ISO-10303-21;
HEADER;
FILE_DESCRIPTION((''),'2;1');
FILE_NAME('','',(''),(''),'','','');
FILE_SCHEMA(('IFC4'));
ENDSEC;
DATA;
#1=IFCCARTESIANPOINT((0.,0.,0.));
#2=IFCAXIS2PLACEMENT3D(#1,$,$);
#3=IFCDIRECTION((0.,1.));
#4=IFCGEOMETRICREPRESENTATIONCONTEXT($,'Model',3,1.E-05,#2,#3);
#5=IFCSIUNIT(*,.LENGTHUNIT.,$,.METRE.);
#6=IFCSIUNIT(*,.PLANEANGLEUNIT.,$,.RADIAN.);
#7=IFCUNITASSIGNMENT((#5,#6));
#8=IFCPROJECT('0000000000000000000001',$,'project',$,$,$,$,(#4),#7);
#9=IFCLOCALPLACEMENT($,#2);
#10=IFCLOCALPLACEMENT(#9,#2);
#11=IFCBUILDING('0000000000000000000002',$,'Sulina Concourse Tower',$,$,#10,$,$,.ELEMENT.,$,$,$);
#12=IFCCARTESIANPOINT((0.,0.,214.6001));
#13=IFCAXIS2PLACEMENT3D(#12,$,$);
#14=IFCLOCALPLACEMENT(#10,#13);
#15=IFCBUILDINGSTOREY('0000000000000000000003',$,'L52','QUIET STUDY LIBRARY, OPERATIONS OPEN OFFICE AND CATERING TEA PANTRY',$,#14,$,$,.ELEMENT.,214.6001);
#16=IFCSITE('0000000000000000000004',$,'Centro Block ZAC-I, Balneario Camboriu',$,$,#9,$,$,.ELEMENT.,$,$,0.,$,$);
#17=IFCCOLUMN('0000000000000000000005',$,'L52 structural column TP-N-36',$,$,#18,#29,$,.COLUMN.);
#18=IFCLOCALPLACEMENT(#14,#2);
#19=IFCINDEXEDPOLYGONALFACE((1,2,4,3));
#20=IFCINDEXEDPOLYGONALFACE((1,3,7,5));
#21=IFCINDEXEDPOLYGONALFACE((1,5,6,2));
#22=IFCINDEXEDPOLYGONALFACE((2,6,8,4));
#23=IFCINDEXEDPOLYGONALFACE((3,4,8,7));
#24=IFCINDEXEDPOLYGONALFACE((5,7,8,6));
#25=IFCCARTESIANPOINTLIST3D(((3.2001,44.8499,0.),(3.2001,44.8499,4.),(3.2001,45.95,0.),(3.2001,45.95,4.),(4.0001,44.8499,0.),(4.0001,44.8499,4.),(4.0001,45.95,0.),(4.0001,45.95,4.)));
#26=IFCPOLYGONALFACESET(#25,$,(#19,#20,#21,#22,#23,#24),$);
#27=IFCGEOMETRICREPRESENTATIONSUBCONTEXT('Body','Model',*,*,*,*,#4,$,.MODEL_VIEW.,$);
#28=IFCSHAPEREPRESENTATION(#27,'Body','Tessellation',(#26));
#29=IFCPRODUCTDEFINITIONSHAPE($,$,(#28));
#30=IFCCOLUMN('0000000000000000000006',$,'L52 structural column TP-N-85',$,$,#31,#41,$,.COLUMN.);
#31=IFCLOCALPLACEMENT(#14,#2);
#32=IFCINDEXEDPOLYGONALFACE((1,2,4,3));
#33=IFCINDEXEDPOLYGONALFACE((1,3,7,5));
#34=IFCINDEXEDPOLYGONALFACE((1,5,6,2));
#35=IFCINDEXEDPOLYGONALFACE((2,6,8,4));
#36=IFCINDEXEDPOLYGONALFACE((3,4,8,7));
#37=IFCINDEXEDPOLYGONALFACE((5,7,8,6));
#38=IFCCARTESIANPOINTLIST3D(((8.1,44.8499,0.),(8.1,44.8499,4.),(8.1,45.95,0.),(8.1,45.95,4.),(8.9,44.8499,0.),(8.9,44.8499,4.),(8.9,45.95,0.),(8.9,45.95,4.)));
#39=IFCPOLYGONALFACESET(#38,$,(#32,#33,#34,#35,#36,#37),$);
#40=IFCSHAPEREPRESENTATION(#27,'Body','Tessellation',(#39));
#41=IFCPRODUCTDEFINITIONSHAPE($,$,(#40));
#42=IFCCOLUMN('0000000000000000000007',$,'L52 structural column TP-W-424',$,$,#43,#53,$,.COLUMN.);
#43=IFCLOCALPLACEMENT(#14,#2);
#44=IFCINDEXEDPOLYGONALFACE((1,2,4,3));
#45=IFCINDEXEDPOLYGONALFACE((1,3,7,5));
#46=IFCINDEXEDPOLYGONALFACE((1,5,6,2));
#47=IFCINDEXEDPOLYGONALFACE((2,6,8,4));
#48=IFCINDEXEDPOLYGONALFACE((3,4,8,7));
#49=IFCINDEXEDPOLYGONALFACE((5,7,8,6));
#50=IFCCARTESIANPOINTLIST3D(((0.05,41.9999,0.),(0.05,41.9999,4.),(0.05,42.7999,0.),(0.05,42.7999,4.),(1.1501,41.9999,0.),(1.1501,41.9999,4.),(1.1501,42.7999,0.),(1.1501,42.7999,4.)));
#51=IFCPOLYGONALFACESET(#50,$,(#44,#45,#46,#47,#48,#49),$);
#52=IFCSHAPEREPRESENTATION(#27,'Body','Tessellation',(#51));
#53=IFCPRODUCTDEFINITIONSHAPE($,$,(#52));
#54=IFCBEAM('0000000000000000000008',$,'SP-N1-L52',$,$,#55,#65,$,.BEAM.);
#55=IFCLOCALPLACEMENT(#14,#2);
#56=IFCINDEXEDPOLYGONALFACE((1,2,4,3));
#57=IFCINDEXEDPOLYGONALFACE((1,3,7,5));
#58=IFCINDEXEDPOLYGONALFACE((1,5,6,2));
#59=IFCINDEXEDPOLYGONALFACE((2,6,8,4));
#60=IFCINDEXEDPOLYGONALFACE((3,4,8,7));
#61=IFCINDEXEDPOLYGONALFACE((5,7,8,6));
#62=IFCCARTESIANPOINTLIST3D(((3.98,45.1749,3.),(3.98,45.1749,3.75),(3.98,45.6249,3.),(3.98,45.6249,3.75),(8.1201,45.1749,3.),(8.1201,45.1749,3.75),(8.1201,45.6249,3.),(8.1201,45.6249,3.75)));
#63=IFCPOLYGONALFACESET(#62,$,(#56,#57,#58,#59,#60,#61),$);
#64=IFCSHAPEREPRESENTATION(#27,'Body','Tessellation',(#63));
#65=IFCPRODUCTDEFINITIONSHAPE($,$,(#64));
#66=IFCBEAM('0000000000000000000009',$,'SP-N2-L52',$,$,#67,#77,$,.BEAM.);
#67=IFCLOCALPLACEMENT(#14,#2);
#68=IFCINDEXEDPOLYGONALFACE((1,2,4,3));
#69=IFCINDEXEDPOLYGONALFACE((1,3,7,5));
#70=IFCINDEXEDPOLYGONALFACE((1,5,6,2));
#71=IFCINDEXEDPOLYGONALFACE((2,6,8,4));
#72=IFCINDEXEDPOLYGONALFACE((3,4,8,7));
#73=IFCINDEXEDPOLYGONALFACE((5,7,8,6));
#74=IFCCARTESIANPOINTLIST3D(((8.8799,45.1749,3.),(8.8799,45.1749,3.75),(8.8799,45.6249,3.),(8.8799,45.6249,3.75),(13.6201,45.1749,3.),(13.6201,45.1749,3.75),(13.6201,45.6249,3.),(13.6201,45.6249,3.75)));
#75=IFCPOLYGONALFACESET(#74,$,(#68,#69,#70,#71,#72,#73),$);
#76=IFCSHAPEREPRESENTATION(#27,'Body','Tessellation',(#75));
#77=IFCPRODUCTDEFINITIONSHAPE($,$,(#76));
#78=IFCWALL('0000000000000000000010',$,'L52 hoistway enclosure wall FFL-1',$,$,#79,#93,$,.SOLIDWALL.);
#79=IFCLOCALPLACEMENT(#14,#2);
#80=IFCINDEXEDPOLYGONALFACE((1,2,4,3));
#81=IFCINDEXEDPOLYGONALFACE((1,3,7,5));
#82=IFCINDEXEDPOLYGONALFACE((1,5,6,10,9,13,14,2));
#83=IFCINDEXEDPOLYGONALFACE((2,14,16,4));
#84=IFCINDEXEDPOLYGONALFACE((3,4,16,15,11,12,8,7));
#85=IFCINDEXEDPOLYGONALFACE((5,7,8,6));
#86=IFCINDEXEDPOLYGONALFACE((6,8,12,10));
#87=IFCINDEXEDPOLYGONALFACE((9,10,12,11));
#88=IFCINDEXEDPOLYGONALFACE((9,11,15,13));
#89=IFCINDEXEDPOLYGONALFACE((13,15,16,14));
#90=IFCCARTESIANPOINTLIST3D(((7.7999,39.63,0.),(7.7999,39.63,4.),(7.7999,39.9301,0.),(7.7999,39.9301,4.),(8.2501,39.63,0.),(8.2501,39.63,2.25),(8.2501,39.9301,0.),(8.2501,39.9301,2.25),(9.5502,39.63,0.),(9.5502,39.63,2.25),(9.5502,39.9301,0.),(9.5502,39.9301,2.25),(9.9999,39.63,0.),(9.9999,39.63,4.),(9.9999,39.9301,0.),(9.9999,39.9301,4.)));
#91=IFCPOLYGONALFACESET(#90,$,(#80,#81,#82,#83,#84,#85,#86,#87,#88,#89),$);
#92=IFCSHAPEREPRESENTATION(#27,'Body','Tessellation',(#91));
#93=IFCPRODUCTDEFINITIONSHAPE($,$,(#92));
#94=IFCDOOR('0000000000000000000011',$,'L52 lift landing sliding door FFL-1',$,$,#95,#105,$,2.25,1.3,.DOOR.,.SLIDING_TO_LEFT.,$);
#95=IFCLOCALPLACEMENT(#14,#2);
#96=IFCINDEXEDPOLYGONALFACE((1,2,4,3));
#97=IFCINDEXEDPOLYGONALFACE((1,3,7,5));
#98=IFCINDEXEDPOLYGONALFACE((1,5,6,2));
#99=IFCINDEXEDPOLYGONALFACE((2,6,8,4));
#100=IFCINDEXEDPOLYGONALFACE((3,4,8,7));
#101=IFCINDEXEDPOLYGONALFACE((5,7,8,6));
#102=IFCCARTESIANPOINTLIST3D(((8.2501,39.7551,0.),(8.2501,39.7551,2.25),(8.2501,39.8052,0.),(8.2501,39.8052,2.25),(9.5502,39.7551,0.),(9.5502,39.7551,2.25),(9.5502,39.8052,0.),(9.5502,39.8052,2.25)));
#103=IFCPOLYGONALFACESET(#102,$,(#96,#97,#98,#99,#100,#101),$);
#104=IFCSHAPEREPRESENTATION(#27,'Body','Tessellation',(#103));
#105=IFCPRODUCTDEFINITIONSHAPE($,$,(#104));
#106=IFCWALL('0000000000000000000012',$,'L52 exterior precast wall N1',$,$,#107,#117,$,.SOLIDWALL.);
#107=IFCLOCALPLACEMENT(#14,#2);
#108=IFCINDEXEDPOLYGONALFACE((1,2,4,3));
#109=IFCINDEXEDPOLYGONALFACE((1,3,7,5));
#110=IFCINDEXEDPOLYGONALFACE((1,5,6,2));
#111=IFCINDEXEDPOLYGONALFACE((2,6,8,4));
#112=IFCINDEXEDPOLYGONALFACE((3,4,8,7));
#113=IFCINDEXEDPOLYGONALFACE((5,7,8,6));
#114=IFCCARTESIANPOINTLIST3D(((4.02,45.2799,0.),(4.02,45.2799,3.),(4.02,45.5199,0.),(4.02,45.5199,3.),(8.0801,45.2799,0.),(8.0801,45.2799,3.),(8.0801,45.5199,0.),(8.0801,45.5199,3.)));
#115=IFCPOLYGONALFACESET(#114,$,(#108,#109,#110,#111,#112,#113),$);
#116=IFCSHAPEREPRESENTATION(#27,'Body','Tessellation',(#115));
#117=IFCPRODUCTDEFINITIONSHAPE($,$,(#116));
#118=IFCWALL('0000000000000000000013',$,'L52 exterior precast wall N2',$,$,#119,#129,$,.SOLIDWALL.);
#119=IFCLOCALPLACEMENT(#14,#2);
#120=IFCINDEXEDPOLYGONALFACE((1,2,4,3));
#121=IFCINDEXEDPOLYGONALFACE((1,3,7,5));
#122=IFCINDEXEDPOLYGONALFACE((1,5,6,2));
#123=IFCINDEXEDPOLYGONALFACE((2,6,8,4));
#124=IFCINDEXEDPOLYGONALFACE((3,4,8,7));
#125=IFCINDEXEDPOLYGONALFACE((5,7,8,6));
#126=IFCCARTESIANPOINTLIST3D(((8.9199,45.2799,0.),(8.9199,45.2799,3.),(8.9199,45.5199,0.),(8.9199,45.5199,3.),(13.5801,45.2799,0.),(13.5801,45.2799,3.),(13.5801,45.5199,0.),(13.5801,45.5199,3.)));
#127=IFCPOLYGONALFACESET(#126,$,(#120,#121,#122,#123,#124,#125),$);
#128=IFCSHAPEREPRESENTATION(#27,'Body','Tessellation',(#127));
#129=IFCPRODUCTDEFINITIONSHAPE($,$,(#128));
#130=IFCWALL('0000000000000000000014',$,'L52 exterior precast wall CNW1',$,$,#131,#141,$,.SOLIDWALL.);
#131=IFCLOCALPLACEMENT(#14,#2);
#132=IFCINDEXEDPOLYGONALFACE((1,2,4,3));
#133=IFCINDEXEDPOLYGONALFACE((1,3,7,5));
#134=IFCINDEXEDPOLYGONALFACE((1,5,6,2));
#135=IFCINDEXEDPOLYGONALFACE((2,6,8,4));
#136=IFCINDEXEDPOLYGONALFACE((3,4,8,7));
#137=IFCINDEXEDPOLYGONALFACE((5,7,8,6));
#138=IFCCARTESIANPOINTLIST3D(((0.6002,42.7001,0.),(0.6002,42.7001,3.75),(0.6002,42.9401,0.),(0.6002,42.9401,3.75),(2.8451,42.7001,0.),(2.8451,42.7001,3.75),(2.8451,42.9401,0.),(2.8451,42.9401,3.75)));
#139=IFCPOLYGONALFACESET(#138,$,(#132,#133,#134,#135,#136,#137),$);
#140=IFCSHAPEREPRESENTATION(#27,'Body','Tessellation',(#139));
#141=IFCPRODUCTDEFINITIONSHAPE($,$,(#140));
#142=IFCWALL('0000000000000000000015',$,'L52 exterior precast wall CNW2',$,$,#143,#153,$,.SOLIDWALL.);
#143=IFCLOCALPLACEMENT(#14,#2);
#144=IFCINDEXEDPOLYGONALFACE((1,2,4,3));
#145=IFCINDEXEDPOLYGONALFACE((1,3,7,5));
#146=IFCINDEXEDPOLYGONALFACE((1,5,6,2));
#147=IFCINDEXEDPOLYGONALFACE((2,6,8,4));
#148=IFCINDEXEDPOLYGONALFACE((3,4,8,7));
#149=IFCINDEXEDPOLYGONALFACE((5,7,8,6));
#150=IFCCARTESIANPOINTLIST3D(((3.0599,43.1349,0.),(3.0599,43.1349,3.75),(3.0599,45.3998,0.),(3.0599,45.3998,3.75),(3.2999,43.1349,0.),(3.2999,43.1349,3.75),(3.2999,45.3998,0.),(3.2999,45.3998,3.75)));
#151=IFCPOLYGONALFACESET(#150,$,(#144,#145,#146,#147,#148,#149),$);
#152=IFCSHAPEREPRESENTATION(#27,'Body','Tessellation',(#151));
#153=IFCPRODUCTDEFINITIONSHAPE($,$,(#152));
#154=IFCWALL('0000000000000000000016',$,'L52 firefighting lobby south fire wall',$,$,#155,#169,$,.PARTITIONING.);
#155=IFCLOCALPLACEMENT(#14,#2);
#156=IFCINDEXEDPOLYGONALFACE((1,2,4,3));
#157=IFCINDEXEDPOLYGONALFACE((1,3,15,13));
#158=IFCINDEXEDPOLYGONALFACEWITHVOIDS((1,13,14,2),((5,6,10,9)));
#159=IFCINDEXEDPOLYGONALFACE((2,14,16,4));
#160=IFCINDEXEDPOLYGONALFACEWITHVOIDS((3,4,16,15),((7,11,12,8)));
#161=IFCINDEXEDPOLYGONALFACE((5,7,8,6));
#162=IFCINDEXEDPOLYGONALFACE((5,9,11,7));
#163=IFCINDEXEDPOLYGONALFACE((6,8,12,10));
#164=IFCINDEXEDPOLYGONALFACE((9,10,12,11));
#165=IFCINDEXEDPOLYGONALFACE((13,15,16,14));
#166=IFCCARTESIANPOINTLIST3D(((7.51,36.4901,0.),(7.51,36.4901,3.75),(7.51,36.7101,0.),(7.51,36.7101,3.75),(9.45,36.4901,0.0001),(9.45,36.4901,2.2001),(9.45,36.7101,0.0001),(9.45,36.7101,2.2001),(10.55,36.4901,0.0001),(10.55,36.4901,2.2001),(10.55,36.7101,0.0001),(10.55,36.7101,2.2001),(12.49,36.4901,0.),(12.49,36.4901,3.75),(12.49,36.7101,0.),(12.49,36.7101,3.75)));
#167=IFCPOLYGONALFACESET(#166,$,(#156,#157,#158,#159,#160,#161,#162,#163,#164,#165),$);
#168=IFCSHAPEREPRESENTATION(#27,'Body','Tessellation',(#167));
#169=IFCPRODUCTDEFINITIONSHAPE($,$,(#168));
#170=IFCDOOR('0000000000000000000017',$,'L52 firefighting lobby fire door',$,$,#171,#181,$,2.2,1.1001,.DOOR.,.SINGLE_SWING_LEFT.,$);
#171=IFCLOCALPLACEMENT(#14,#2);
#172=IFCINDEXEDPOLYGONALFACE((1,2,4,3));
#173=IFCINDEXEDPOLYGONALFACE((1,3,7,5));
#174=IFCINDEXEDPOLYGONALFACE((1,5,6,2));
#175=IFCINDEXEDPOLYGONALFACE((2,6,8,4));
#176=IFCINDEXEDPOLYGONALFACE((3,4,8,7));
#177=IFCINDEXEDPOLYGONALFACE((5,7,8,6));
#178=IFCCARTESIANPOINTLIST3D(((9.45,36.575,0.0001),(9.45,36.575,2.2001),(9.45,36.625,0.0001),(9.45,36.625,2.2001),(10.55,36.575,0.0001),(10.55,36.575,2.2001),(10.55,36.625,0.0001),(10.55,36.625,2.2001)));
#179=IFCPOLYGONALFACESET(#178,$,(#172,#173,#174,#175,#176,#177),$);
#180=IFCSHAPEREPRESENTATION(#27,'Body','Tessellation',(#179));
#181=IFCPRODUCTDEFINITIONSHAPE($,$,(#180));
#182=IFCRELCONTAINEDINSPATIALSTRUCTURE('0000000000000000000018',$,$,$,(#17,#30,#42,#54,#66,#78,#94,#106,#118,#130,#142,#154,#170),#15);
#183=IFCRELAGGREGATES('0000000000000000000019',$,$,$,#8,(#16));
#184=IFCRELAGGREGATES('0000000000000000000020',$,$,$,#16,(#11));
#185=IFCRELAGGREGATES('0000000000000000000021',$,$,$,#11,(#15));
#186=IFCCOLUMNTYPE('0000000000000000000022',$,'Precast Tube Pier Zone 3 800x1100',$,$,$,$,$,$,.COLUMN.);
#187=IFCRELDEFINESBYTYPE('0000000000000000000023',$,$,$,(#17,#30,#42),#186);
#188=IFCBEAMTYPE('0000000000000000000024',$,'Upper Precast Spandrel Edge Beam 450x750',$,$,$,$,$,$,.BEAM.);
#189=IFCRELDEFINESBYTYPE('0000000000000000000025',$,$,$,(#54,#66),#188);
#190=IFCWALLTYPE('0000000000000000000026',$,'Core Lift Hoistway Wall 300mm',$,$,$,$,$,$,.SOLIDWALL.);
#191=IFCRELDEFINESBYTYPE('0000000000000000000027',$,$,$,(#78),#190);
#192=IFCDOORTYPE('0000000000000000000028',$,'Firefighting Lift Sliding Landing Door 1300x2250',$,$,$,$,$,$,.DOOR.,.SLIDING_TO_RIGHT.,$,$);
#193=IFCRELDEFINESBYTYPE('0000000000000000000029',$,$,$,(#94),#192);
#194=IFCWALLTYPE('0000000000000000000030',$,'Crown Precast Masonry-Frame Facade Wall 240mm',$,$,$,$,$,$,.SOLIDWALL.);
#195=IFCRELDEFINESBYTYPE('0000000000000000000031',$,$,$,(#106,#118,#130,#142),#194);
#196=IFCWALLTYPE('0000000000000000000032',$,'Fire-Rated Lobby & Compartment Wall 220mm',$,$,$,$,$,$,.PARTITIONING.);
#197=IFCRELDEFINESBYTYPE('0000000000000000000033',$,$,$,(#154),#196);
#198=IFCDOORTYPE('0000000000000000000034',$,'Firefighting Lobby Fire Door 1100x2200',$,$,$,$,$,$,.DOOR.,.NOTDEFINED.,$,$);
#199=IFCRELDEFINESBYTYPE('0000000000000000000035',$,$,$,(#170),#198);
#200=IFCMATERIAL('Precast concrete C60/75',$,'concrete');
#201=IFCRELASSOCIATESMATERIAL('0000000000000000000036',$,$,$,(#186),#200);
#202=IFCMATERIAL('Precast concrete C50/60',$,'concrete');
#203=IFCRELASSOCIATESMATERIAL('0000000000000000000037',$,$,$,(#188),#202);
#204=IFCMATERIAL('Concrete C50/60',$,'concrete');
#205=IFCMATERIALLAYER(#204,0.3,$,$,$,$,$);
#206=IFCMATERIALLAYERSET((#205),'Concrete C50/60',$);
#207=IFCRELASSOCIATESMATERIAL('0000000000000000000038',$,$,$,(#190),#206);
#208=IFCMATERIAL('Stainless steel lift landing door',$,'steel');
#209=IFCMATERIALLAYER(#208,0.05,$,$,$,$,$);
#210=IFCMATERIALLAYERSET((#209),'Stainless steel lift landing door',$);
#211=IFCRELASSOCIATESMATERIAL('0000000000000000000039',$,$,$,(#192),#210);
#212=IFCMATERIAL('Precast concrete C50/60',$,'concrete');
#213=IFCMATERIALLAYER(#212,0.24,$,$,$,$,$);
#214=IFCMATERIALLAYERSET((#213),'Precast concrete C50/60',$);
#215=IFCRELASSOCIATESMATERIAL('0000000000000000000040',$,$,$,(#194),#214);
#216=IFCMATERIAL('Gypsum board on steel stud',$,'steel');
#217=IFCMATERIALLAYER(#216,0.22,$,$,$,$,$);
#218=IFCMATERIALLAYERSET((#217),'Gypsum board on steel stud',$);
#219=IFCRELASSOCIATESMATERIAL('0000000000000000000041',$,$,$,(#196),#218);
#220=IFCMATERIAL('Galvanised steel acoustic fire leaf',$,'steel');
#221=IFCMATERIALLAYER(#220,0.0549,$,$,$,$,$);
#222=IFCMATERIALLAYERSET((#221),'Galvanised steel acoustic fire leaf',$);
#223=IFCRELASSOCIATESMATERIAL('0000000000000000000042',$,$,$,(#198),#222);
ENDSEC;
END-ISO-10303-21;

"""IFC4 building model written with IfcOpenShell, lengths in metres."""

from ifc_helpers import new_model, si_unit, direction, frame, frame_2d, origin, origin_2d, place, context, subcontext, project, spatial, rectangle, extrude, material, layer, layer_set, material_profile, profile_set, type_object, element, fill, save


model = new_model("IFC4")

# Units and contexts
model_context = context("Model", 3, precision=1e-05, world=origin(), true_north=direction((0.0, 1.0)))
body_context = subcontext(model_context, "Body", "Model", "MODEL_VIEW")
ifc_project = project(units=[si_unit("LENGTHUNIT", "METRE"), si_unit("PLANEANGLEUNIT", "RADIAN")], contexts=[model_context])

# Site, building, storey
site_placement = place(None, origin())
site = spatial("IfcSite", under=ifc_project, at=site_placement, Name="Centro Block ZAC-I, Balneario Camboriu", CompositionType="ELEMENT", RefElevation=0.0)
building_placement = place(site_placement, origin())
building = spatial("IfcBuilding", under=site, at=building_placement, Name="Sulina Concourse Tower", CompositionType="ELEMENT")
storey_placement = place(building_placement, frame((0.0, 0.0, 214.6001)))
storey = spatial("IfcBuildingStorey", under=building, at=storey_placement, Name="L52", Description="QUIET STUDY LIBRARY, OPERATIONS OPEN OFFICE AND CATERING TEA PANTRY", CompositionType="ELEMENT", Elevation=214.6001)

# Columns
ifc_material_1 = material(Name="Precast concrete C60/75", Category="concrete")
ifc_material_profile_1 = material_profile(ifc_material_1, rectangle(XDim=0.8, YDim=1.1001, at=origin_2d()), Name="PC 800x1100")
ifc_profile_set_1 = profile_set([ifc_material_profile_1], Name="Precast concrete C60/75")
column_type = type_object("IfcColumnType", Name="Precast Tube Pier Zone 3 800x1100", PredefinedType="COLUMN", material=ifc_profile_set_1)
for number, where, z_axis, x_axis, name in (
    (1, (3.6001, 45.3999, 0.0), (0.0, 0.0, 1.0), (1.0, 0.0, 0.0), "L52 structural column TP-N-36"),
    (2, (8.5, 45.3999, 0.0), (0.0, 0.0, 1.0), (1.0, 0.0, 0.0), "L52 structural column TP-N-85"),
    (3, (0.6001, 42.3999, 0.0), (0.0, 0.0, 1.0), (0.0, 1.0, 0.0), "L52 structural column TP-W-424"),
):
    element("IfcColumn", number, at=place(storey_placement, frame(where, z_axis=z_axis, x_axis=x_axis)), inside=storey, type_object=column_type, Name=name, PredefinedType="COLUMN", context=body_context, shape_type="SweptSolid", body=[
        extrude(rectangle(XDim=0.8, YDim=1.1001, at=origin_2d()), origin(), (0.0, 0.0, 1.0), 4.0),
    ])

# Beams
ifc_material_2 = material(Name="Precast concrete C50/60", Category="concrete")
ifc_material_profile_2 = material_profile(ifc_material_2, rectangle(XDim=0.45, YDim=0.75, at=origin_2d()), Name="RC 450x750")
ifc_profile_set_2 = profile_set([ifc_material_profile_2], Name="Precast concrete C50/60")
beam_type = type_object("IfcBeamType", Name="Upper Precast Spandrel Edge Beam 450x750", PredefinedType="BEAM", material=ifc_profile_set_2)
beam_1_placement = place(storey_placement, frame((3.98, 45.3999, 3.375), z_axis=(1.0, 0.0, 0.0), x_axis=(0.0, 1.0, 0.0)))
element("IfcBeam", 4, at=beam_1_placement, inside=storey, type_object=beam_type, Name="SP-N1-L52", PredefinedType="BEAM", context=body_context, shape_type="SweptSolid", body=[
    extrude(rectangle(XDim=0.45, YDim=0.75, at=origin_2d()), origin(), (0.0, 0.0, 1.0), 4.1401),
])
beam_2_placement = place(storey_placement, frame((8.8799, 45.3999, 3.375), z_axis=(1.0, 0.0, 0.0), x_axis=(0.0, 1.0, 0.0)))
element("IfcBeam", 5, at=beam_2_placement, inside=storey, type_object=beam_type, Name="SP-N2-L52", PredefinedType="BEAM", context=body_context, shape_type="SweptSolid", body=[
    extrude(rectangle(XDim=0.45, YDim=0.75, at=origin_2d()), origin(), (0.0, 0.0, 1.0), 4.7402),
])

# Wall, opening, door
ifc_material_3 = material(Name="Concrete C50/60", Category="concrete")
ifc_layer_1 = layer(ifc_material_3, 0.3)
ifc_layer_set_1 = layer_set([ifc_layer_1], Name="Concrete C50/60")
wall_type_1 = type_object("IfcWallType", Name="Core Lift Hoistway Wall 300mm", PredefinedType="SOLIDWALL", material=ifc_layer_set_1)
wall_1_placement = place(storey_placement, frame((10.0, 39.78, 0.0), z_axis=(0.0, 0.0, 1.0), x_axis=(-1.0, 0.0, 0.0)))
wall_1 = element("IfcWall", 6, at=wall_1_placement, inside=storey, type_object=wall_type_1, Name="L52 hoistway enclosure wall FFL-1", PredefinedType="SOLIDWALL", context=body_context, shape_type="SweptSolid", body=[
    extrude(rectangle(XDim=2.2, YDim=0.3, at=frame_2d((1.1001, 0.0))), origin(), (0.0, 0.0, 1.0), 4.0),
])
opening_1_placement = place(wall_1_placement, frame((0.45, 0.0, 0.0)))
opening_1 = element("IfcOpeningElement", 7, at=opening_1_placement, cuts=wall_1, PredefinedType="OPENING", context=body_context, shape_type="SweptSolid", body=[
    extrude(rectangle(XDim=1.3, YDim=2.25, at=frame_2d((0.6499, 1.125))), frame((0.0, 0.1599, 0.0), z_axis=(0.0, -1.0, 0.0), x_axis=(1.0, 0.0, 0.0)), (0.0, 0.0, 1.0), 0.3201),
])
ifc_material_4 = material(Name="Stainless steel lift landing door", Category="steel")
ifc_layer_2 = layer(ifc_material_4, 0.05)
ifc_layer_set_2 = layer_set([ifc_layer_2], Name="Stainless steel lift landing door")
door_type_1 = type_object("IfcDoorType", Name="Firefighting Lift Sliding Landing Door 1300x2250", OperationType="SLIDING_TO_RIGHT", PredefinedType="DOOR", material=ifc_layer_set_2)
door_1_placement = place(opening_1_placement, origin())
door_1 = element("IfcDoor", 8, at=door_1_placement, inside=storey, type_object=door_type_1, Name="L52 lift landing sliding door FFL-1", OperationType="SLIDING_TO_LEFT", OverallHeight=2.25, OverallWidth=1.3, PredefinedType="DOOR", context=body_context, shape_type="SweptSolid", body=[
    extrude(rectangle(XDim=1.3, YDim=2.25, at=frame_2d((0.6499, 1.125))), frame((0.0, 0.0249, 0.0), z_axis=(0.0, -1.0, 0.0), x_axis=(1.0, 0.0, 0.0)), (0.0, 0.0, 1.0), 0.05),
])
fill(opening_1, door_1)

# Walls
ifc_material_5 = material(Name="Precast concrete C50/60", Category="concrete")
ifc_layer_3 = layer(ifc_material_5, 0.24)
ifc_layer_set_3 = layer_set([ifc_layer_3], Name="Precast concrete C50/60")
wall_type_2 = type_object("IfcWallType", Name="Crown Precast Masonry-Frame Facade Wall 240mm", PredefinedType="SOLIDWALL", material=ifc_layer_set_3)
wall_2_placement = place(storey_placement, frame((4.02, 45.3999, 0.0), z_axis=(0.0, 0.0, 1.0), x_axis=(1.0, 0.0, 0.0)))
element("IfcWall", 9, at=wall_2_placement, inside=storey, type_object=wall_type_2, Name="L52 exterior precast wall N1", PredefinedType="SOLIDWALL", context=body_context, shape_type="SweptSolid", body=[
    extrude(rectangle(XDim=4.0601, YDim=0.24, at=frame_2d((2.03, 0.0))), origin(), (0.0, 0.0, 1.0), 3.0),
])
wall_3_placement = place(storey_placement, frame((8.9199, 45.3999, 0.0), z_axis=(0.0, 0.0, 1.0), x_axis=(1.0, 0.0, 0.0)))
element("IfcWall", 10, at=wall_3_placement, inside=storey, type_object=wall_type_2, Name="L52 exterior precast wall N2", PredefinedType="SOLIDWALL", context=body_context, shape_type="SweptSolid", body=[
    extrude(rectangle(XDim=4.6602, YDim=0.24, at=frame_2d((2.3301, 0.0))), origin(), (0.0, 0.0, 1.0), 3.0),
])
wall_4_placement = place(storey_placement, frame((0.6001, 42.8201, 0.0), z_axis=(0.0, 0.0, 1.0), x_axis=(1.0, 0.0, 0.0)))
element("IfcWall", 11, at=wall_4_placement, inside=storey, type_object=wall_type_2, Name="L52 exterior precast wall CNW1", PredefinedType="SOLIDWALL", context=body_context, shape_type="SweptSolid", body=[
    extrude(rectangle(XDim=2.2449, YDim=0.24, at=frame_2d((1.1226, 0.0))), origin(), (0.0, 0.0, 1.0), 3.75),
])
wall_5_placement = place(storey_placement, frame((3.1799, 43.135, 0.0), z_axis=(0.0, 0.0, 1.0), x_axis=(0.0, 1.0, 0.0)))
element("IfcWall", 12, at=wall_5_placement, inside=storey, type_object=wall_type_2, Name="L52 exterior precast wall CNW2", PredefinedType="SOLIDWALL", context=body_context, shape_type="SweptSolid", body=[
    extrude(rectangle(XDim=2.2649, YDim=0.24, at=frame_2d((1.1323, 0.0))), origin(), (0.0, 0.0, 1.0), 3.75),
])

# Wall, opening, door
ifc_material_6 = material(Name="Gypsum board on steel stud", Category="steel")
ifc_layer_4 = layer(ifc_material_6, 0.22)
ifc_layer_set_4 = layer_set([ifc_layer_4], Name="Gypsum board on steel stud")
wall_type_3 = type_object("IfcWallType", Name="Fire-Rated Lobby & Compartment Wall 220mm", PredefinedType="PARTITIONING", material=ifc_layer_set_4)
wall_6_placement = place(storey_placement, frame((7.51, 36.6001, 0.0), z_axis=(0.0, 0.0, 1.0), x_axis=(1.0, 0.0, 0.0)))
wall_6 = element("IfcWall", 13, at=wall_6_placement, inside=storey, type_object=wall_type_3, Name="L52 firefighting lobby south fire wall", PredefinedType="PARTITIONING", context=body_context, shape_type="SweptSolid", body=[
    extrude(rectangle(XDim=4.98, YDim=0.22, at=frame_2d((2.49, 0.0))), origin(), (0.0, 0.0, 1.0), 3.75),
])
opening_2_placement = place(wall_6_placement, frame((1.9399, 0.0, 0.0)))
opening_2 = element("IfcOpeningElement", 14, at=opening_2_placement, cuts=wall_6, PredefinedType="OPENING", context=body_context, shape_type="SweptSolid", body=[
    extrude(rectangle(XDim=1.1001, YDim=2.2, at=frame_2d((0.55, 1.1001))), frame((0.0, 0.1199, 0.0), z_axis=(0.0, -1.0, 0.0), x_axis=(1.0, 0.0, 0.0)), (0.0, 0.0, 1.0), 0.24),
])
ifc_material_7 = material(Name="Galvanised steel acoustic fire leaf", Category="steel")
ifc_layer_5 = layer(ifc_material_7, 0.0549)
ifc_layer_set_5 = layer_set([ifc_layer_5], Name="Galvanised steel acoustic fire leaf")
door_type_2 = type_object("IfcDoorType", Name="Firefighting Lobby Fire Door 1100x2200", OperationType="NOTDEFINED", PredefinedType="DOOR", material=ifc_layer_set_5)
door_2_placement = place(opening_2_placement, origin())
door_2 = element("IfcDoor", 15, at=door_2_placement, inside=storey, type_object=door_type_2, Name="L52 firefighting lobby fire door", OperationType="SINGLE_SWING_LEFT", OverallHeight=2.2, OverallWidth=1.1001, PredefinedType="DOOR", context=body_context, shape_type="SweptSolid", body=[
    extrude(rectangle(XDim=1.1001, YDim=2.2, at=frame_2d((0.55, 1.1001))), frame((0.0, 0.0249, 0.0), z_axis=(0.0, -1.0, 0.0), x_axis=(1.0, 0.0, 0.0)), (0.0, 0.0, 1.0), 0.05),
])
fill(opening_2, door_2)

save(model, "model.ifc")
